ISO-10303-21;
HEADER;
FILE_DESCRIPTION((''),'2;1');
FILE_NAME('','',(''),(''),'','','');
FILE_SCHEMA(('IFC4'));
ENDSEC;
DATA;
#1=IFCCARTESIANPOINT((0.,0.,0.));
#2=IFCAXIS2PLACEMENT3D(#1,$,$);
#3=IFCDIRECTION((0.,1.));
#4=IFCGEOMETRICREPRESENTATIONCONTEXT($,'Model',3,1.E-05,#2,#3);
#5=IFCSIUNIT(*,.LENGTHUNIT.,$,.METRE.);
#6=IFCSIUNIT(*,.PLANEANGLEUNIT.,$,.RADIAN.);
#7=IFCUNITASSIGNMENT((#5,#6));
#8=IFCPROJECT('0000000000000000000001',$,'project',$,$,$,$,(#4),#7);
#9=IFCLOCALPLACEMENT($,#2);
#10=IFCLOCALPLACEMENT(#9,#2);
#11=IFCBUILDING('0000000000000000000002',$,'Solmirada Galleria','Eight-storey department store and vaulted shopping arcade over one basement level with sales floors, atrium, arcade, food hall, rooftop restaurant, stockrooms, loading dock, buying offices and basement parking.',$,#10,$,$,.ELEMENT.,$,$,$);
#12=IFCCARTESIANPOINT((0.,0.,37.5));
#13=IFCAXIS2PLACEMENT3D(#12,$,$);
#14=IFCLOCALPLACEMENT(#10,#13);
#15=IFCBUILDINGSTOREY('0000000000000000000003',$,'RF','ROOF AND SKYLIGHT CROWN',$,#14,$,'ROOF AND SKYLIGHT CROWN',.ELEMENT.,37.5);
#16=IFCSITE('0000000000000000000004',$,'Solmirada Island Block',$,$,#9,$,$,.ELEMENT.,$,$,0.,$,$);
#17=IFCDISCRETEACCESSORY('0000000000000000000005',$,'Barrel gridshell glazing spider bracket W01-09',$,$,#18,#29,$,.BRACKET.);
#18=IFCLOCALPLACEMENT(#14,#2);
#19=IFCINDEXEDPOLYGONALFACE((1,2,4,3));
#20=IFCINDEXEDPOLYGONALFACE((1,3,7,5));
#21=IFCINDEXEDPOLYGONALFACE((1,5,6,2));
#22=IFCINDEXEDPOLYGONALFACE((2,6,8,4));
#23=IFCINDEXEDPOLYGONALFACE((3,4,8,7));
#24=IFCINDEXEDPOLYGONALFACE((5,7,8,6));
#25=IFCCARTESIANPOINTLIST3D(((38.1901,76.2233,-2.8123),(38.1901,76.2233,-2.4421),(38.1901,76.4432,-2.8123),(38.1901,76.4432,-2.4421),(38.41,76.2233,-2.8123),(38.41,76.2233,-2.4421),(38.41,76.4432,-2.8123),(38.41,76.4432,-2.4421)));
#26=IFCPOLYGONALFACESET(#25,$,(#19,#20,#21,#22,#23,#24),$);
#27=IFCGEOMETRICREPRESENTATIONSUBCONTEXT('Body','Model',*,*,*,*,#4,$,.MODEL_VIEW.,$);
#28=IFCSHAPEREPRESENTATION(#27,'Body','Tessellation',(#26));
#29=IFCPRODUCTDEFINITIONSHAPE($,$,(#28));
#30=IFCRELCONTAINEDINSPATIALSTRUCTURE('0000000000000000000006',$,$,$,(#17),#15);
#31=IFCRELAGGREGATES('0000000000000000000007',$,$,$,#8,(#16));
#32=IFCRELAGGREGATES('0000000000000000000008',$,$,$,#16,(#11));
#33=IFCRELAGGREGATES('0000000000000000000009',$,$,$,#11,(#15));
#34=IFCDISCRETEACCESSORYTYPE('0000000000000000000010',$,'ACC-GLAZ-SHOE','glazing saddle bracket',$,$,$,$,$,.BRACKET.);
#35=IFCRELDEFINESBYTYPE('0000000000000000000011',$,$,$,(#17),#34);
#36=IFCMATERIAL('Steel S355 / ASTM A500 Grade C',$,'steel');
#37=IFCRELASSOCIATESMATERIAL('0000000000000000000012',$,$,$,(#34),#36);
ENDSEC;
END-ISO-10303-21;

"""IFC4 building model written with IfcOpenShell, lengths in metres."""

from ifc_helpers import new_model, si_unit, direction, frame, origin, origin_2d, place, context, subcontext, project, spatial, rectangle, extrude, material, type_object, element, save


model = new_model("IFC4")

# Units and contexts
model_context = context("Model", 3, precision=1e-05, world=origin(), true_north=direction((0.0, 1.0)))
body_context = subcontext(model_context, "Body", "Model", "MODEL_VIEW")
ifc_project = project(units=[si_unit("LENGTHUNIT", "METRE"), si_unit("PLANEANGLEUNIT", "RADIAN")], contexts=[model_context])

# Site, building, storey
site_placement = place(None, origin())
site = spatial("IfcSite", under=ifc_project, at=site_placement, Name="Solmirada Island Block", CompositionType="ELEMENT", RefElevation=0.0)
building_placement = place(site_placement, origin())
building = spatial("IfcBuilding", under=site, at=building_placement, Name="Solmirada Galleria", Description="Eight-storey department store and vaulted shopping arcade over one basement level with sales floors, atrium, arcade, food hall, rooftop restaurant, stockrooms, loading dock, buying offices and basement parking.", CompositionType="ELEMENT")
storey_placement = place(building_placement, frame((0.0, 0.0, 37.5)))
storey = spatial("IfcBuildingStorey", under=building, at=storey_placement, Name="RF", Description="ROOF AND SKYLIGHT CROWN", LongName="ROOF AND SKYLIGHT CROWN", CompositionType="ELEMENT", Elevation=37.5)

# Shared definitions
ifc_material_1 = material(Name="Steel S355 / ASTM A500 Grade C", Category="steel")

# Discrete accessory
discrete_accessory_type = type_object("IfcDiscreteAccessoryType", Name="ACC-GLAZ-SHOE", Description="glazing saddle bracket", PredefinedType="BRACKET", material=ifc_material_1)
for number, where, z_axis, x_axis, name in (
    (1, (38.3, 76.3333, -2.8123), (0.0, 0.0, 1.0), (1.0, 0.0, 0.0), "Barrel gridshell glazing spider bracket W01-09"),
):
    element("IfcDiscreteAccessory", number, at=place(storey_placement, frame(where, z_axis=z_axis, x_axis=x_axis)), inside=storey, type_object=discrete_accessory_type, Name=name, PredefinedType="BRACKET", context=body_context, shape_type="SweptSolid", body=[
        extrude(rectangle(XDim=0.22, YDim=0.22, at=origin_2d()), origin(), (0.0, 0.0, 1.0), 0.3701),
    ])

save(model, "model.ifc")
